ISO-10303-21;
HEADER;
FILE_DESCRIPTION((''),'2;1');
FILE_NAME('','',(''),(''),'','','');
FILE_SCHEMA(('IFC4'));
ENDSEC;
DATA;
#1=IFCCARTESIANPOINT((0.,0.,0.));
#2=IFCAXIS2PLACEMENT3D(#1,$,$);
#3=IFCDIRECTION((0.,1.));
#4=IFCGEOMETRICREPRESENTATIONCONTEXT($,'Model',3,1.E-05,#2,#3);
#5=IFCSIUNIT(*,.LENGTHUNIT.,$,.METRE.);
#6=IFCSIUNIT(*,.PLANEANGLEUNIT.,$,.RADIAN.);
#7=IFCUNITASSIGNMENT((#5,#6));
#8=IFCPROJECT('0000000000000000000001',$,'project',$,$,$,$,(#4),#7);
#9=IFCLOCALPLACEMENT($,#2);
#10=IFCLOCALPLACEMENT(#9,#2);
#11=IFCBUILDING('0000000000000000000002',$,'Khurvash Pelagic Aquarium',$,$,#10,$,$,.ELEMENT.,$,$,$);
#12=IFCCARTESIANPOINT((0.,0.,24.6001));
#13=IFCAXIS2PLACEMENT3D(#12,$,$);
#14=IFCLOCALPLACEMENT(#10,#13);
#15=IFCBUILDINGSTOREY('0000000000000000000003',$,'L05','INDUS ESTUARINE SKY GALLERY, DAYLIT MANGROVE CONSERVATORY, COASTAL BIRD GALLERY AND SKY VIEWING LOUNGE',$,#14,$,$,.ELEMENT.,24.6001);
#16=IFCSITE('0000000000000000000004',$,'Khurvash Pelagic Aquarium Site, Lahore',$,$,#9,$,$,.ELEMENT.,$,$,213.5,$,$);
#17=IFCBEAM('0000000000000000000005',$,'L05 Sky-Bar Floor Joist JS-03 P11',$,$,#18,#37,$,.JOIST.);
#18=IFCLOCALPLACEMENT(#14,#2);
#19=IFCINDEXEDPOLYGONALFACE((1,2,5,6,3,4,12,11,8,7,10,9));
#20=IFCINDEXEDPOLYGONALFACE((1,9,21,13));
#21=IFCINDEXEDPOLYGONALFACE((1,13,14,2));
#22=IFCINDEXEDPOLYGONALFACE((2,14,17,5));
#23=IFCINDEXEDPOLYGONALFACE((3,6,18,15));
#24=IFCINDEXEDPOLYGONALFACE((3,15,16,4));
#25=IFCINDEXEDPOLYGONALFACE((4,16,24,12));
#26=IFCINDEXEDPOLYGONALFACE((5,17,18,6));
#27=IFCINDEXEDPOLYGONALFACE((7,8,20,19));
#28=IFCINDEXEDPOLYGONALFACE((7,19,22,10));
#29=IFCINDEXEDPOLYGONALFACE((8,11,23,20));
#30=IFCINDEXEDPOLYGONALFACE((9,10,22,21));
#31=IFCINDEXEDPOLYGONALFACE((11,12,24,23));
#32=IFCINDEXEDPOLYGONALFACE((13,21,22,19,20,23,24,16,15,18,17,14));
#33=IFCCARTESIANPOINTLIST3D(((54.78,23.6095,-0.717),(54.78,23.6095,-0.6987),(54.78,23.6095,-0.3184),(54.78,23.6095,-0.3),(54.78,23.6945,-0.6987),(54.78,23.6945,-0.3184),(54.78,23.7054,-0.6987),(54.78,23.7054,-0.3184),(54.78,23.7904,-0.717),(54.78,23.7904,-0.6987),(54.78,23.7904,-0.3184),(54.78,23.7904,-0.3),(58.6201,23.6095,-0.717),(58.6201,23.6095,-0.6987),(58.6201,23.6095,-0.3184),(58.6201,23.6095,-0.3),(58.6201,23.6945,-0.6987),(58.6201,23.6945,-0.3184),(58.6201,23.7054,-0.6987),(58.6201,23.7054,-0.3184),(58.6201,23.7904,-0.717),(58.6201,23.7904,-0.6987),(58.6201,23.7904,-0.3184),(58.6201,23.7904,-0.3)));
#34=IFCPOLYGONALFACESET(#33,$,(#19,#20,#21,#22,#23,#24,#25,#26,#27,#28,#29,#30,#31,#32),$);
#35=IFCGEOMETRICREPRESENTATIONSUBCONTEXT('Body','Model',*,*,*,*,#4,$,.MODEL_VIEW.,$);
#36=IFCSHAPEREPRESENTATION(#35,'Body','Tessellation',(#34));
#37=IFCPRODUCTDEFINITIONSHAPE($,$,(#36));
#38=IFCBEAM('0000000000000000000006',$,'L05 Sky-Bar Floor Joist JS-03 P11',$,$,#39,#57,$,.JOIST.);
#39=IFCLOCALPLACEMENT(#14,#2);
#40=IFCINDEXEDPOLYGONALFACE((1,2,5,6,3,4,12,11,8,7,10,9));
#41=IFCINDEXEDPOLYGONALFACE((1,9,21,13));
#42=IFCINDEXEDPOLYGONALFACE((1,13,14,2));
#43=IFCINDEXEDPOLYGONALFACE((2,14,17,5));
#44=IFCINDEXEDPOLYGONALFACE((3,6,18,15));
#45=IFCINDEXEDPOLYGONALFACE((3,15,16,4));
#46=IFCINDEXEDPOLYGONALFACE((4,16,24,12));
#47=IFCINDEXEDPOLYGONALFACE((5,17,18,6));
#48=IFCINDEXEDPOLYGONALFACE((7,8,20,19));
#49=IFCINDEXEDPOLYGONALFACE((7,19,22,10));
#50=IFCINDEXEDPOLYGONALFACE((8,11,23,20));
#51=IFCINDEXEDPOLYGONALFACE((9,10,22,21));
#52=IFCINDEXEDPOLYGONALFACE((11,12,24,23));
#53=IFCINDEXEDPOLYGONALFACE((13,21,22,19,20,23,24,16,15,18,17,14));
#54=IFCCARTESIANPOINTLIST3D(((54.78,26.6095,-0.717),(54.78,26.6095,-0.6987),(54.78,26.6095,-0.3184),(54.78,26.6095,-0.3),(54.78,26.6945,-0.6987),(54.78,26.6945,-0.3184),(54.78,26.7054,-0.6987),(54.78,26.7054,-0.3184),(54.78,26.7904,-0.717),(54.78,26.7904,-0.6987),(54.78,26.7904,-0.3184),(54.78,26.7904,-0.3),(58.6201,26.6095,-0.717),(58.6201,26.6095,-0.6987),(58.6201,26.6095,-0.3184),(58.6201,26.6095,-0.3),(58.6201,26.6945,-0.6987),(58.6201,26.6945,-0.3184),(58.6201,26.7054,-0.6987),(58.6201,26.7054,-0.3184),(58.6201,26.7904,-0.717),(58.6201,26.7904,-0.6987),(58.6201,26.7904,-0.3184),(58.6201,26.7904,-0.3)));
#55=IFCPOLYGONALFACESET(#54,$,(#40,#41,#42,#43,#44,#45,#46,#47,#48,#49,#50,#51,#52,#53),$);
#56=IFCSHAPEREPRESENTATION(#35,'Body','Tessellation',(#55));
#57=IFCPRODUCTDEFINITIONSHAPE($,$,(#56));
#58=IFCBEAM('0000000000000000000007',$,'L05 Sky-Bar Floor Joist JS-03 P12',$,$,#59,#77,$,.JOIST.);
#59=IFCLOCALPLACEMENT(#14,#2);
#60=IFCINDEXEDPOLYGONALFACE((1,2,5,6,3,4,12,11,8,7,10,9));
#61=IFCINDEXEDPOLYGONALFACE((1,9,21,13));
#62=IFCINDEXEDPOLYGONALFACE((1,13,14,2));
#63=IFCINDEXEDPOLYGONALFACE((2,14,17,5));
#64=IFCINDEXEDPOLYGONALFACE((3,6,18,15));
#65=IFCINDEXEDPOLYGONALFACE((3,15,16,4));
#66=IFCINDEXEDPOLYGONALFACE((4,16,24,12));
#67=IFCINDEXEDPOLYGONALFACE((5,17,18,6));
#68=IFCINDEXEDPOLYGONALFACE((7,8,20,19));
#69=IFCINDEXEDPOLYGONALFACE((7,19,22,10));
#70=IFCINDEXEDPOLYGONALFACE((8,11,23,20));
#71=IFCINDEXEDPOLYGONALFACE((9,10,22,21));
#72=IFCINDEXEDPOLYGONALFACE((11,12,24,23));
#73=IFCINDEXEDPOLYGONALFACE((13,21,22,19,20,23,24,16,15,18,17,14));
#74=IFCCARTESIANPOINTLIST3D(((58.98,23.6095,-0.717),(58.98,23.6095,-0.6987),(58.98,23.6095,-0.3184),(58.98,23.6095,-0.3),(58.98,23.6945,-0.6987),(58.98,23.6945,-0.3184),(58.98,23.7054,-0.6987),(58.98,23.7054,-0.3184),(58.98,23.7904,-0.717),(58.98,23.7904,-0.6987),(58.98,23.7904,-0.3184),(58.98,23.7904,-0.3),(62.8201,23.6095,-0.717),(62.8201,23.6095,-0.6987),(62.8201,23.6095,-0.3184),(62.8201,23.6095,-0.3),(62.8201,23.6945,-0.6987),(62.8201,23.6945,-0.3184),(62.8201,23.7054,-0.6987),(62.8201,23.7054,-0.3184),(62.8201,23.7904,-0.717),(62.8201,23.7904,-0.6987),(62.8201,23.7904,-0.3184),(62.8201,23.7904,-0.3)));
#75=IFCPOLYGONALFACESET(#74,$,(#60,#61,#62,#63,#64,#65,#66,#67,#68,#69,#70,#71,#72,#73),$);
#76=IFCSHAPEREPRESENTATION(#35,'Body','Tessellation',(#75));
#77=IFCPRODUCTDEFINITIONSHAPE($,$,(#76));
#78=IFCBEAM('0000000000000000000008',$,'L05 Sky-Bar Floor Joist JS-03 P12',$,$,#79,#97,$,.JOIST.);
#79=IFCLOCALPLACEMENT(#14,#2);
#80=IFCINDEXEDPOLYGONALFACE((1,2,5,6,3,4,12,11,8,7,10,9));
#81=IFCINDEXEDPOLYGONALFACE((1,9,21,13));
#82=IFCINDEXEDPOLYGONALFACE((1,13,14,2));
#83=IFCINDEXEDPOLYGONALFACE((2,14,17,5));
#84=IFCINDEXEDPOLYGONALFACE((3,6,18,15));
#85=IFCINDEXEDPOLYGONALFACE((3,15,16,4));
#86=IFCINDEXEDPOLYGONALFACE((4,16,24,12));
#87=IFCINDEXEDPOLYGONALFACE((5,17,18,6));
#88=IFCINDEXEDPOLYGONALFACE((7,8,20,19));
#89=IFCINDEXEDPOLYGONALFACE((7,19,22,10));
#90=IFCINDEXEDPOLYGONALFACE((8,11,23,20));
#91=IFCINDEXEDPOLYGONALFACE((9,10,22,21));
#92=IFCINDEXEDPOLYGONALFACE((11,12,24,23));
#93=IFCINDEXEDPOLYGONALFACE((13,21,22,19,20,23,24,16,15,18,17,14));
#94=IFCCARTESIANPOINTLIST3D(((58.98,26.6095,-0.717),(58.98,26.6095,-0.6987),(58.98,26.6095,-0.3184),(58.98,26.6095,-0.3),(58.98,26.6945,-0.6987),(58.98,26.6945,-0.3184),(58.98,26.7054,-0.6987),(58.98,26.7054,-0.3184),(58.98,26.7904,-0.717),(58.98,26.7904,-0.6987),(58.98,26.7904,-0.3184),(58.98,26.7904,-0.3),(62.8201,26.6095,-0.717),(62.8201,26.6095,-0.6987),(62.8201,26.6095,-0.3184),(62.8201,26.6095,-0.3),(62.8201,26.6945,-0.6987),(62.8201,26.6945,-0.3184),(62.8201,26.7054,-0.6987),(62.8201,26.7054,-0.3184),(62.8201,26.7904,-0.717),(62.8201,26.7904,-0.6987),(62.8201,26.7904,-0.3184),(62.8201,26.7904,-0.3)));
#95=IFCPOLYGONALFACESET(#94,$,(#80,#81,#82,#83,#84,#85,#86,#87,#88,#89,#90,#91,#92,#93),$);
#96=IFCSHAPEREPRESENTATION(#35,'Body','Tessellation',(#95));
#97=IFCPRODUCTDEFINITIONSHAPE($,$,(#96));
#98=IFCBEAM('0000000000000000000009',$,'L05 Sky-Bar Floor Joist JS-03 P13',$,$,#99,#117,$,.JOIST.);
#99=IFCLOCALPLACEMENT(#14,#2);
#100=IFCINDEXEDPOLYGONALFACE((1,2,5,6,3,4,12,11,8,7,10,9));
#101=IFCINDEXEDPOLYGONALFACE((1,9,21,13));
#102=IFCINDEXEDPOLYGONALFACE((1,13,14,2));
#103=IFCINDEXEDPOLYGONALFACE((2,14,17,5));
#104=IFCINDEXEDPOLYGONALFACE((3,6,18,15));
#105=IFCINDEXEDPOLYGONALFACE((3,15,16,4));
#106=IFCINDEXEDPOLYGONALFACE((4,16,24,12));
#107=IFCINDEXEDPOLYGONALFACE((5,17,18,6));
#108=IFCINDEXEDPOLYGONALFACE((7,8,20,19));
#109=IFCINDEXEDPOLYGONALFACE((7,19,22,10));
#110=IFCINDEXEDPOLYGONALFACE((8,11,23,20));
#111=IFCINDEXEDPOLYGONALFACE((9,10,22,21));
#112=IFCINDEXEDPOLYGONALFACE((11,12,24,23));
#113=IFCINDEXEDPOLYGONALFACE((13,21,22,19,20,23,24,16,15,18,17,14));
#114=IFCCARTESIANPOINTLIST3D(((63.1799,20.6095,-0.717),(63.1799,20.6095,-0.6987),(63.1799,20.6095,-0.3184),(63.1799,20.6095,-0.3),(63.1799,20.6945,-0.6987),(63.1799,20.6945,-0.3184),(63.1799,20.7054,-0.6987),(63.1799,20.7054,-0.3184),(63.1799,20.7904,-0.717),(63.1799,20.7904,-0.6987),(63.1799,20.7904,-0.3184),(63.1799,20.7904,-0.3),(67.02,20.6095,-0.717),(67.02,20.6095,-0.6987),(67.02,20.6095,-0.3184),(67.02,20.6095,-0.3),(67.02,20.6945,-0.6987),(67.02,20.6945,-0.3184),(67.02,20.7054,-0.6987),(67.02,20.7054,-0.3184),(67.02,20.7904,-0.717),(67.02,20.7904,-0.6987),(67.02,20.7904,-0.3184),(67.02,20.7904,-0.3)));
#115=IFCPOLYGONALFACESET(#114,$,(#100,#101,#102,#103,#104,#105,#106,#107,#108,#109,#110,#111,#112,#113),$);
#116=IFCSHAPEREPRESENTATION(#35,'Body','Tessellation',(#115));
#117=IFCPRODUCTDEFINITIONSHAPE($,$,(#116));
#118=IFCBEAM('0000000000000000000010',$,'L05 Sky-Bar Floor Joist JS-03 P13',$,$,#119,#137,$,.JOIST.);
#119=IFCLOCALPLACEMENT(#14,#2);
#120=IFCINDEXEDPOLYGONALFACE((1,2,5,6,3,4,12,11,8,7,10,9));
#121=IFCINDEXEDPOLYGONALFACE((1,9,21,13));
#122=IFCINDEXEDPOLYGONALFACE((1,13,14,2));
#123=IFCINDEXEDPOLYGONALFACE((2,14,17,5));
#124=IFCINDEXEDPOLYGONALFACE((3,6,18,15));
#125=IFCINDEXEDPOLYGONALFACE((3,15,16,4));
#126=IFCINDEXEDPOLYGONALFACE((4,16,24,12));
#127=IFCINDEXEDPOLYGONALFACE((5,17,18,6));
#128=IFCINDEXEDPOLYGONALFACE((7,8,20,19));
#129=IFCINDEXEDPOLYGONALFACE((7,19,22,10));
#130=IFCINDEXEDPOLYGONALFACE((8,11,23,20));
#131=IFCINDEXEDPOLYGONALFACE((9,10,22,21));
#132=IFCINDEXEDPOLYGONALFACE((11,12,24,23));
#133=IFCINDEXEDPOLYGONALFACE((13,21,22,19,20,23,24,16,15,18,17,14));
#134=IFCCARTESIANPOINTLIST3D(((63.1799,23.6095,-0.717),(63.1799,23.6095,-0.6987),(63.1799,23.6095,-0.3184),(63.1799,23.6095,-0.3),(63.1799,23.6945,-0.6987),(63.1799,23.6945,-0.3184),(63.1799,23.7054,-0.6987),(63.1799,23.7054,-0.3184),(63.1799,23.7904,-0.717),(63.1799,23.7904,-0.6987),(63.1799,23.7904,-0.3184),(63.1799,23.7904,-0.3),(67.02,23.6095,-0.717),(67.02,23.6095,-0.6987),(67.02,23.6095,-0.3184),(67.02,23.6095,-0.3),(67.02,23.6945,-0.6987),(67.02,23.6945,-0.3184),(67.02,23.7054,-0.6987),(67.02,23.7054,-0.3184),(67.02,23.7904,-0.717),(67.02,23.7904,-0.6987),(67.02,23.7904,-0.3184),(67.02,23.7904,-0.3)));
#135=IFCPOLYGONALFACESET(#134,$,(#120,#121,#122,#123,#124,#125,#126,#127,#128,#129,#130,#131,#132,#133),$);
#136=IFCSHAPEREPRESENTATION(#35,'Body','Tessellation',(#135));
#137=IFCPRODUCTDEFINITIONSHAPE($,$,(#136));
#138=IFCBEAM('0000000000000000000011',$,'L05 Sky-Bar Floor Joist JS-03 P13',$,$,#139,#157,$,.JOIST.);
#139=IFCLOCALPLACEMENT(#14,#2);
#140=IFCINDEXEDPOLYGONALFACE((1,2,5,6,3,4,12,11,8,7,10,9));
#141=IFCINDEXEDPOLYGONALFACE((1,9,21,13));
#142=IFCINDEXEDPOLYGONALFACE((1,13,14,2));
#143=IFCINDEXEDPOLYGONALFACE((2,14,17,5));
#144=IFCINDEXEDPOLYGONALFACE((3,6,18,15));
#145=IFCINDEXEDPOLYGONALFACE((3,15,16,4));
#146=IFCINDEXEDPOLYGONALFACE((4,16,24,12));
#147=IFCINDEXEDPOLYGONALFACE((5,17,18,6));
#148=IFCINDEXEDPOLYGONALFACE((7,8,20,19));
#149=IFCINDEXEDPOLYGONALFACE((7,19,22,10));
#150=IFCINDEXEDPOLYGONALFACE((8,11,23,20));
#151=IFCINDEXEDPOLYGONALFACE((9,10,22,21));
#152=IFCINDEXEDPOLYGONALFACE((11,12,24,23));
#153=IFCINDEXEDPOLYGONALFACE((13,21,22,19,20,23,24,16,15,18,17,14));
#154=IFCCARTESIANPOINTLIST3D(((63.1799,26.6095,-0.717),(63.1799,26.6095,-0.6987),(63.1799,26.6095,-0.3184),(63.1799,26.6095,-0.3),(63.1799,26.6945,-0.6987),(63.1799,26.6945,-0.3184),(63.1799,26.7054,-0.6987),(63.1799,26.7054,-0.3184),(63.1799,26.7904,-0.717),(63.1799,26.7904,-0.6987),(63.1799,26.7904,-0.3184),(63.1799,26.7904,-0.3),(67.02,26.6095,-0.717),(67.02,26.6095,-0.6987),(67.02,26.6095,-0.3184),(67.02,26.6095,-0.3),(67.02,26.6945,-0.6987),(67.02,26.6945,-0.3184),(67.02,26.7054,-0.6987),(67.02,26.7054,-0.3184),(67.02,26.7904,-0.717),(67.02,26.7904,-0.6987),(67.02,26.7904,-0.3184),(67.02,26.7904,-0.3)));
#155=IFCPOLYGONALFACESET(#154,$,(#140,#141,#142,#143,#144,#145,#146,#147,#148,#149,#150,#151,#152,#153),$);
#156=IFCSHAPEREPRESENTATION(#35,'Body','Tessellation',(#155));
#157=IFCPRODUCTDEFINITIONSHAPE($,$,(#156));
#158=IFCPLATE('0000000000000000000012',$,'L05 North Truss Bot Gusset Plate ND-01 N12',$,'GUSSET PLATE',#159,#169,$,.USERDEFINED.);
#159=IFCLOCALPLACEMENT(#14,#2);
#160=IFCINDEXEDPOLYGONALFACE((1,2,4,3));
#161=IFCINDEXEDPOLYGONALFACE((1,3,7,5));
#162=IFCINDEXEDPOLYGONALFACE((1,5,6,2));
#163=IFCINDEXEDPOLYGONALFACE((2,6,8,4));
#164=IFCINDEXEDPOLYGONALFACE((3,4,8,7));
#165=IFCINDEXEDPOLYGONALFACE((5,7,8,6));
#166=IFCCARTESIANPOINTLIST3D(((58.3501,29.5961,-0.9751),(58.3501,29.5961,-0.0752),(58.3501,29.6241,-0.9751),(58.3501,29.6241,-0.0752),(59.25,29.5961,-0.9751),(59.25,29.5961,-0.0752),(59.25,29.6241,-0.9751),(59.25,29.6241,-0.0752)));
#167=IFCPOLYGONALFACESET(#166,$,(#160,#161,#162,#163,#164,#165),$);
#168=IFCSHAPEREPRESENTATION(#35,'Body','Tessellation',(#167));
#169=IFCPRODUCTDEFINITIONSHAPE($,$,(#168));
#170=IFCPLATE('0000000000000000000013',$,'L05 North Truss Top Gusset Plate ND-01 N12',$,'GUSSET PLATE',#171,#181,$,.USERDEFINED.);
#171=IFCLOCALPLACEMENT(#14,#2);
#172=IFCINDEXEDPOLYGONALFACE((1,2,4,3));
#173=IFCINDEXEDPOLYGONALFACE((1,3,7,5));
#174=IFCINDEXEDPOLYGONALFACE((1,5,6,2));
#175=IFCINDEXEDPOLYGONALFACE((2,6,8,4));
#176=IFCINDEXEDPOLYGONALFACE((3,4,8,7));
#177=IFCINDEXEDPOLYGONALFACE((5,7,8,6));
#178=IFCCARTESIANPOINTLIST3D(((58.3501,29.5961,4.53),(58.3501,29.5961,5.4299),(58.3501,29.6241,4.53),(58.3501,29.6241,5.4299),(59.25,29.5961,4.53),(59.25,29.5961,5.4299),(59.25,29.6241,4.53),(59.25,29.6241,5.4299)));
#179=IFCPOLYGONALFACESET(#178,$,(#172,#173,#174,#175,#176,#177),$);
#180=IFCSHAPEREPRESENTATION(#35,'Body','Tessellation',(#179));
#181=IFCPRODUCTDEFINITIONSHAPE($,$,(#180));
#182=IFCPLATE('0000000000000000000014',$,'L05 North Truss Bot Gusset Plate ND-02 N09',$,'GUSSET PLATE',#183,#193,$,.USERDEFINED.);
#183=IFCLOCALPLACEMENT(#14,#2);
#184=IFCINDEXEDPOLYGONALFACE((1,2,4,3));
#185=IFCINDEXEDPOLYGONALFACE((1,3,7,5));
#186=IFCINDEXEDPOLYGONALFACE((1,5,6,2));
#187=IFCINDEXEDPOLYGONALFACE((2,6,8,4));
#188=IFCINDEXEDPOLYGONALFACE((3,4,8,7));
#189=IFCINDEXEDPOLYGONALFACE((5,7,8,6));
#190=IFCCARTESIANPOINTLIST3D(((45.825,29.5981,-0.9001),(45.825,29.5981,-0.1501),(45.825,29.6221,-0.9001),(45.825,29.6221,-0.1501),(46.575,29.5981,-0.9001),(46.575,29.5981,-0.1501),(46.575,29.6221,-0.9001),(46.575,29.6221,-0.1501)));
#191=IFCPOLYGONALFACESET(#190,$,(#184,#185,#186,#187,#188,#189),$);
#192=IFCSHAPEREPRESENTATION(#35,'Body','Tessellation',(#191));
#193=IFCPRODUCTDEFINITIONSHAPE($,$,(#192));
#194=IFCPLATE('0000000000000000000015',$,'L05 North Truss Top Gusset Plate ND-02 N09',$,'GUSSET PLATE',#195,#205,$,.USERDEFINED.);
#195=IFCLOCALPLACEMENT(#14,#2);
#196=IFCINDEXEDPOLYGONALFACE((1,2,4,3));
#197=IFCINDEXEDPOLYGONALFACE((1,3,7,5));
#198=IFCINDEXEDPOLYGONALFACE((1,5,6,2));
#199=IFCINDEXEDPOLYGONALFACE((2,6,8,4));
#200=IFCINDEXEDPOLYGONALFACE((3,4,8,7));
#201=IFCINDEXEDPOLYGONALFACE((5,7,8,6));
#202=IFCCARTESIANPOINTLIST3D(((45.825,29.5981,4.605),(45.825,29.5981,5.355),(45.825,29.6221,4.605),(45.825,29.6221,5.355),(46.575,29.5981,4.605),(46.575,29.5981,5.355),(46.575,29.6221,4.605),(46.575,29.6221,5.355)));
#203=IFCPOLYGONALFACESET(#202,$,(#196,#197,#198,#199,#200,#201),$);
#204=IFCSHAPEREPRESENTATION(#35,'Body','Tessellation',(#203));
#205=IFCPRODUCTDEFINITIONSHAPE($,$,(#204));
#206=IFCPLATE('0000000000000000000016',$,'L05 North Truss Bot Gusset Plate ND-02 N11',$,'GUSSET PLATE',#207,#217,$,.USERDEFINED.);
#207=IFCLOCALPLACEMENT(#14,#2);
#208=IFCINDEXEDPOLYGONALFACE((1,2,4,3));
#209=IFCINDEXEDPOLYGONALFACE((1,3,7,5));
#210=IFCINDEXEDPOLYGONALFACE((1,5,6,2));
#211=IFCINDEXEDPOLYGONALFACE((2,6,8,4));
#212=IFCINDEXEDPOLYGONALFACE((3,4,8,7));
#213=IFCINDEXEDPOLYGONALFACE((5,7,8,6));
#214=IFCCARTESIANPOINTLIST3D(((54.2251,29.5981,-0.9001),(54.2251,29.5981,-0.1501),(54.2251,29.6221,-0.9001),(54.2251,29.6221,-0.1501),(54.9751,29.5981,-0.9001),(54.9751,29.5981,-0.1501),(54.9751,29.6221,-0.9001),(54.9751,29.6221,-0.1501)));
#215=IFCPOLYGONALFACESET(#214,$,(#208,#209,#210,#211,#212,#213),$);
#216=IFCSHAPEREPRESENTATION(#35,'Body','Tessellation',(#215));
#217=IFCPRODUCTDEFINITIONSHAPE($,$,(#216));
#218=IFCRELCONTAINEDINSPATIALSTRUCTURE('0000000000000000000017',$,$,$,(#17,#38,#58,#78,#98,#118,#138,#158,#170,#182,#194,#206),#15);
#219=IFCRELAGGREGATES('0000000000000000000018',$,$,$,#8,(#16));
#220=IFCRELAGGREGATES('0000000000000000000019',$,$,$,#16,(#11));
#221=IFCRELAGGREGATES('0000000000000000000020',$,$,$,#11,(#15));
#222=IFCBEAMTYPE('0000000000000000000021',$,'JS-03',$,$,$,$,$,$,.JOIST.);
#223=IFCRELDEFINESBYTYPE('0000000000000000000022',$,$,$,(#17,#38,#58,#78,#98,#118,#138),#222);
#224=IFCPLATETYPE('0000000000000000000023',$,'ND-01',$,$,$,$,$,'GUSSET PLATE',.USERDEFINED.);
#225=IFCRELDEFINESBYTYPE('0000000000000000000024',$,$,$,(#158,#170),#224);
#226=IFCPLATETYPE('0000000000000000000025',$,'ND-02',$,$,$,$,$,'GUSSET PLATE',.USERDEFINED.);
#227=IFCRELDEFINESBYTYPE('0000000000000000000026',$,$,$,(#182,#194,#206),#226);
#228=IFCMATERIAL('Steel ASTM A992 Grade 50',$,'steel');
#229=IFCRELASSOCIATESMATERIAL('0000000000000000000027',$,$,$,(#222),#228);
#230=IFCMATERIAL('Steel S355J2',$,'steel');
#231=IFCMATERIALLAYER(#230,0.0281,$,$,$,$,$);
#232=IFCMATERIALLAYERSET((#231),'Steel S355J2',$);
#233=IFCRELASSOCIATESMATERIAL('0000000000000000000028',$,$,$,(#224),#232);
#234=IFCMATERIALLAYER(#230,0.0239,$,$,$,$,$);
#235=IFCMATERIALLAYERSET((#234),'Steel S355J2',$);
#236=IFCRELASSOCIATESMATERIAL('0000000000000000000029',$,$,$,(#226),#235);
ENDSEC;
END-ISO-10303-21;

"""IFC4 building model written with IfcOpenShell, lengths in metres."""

from ifc_helpers import new_model, si_unit, direction, frame, origin, origin_2d, place, context, subcontext, project, spatial, rectangle, i_section, extrude, material, layer, layer_set, material_profile, profile_set, type_object, element, save


model = new_model("IFC4")

# Units and contexts
model_context = context("Model", 3, precision=1e-05, world=origin(), true_north=direction((0.0, 1.0)))
body_context = subcontext(model_context, "Body", "Model", "MODEL_VIEW")
ifc_project = project(units=[si_unit("LENGTHUNIT", "METRE"), si_unit("PLANEANGLEUNIT", "RADIAN")], contexts=[model_context])

# Site, building, storey
site_placement = place(None, origin())
site = spatial("IfcSite", under=ifc_project, at=site_placement, Name="Khurvash Pelagic Aquarium Site, Lahore", CompositionType="ELEMENT", RefElevation=213.5)
building_placement = place(site_placement, origin())
building = spatial("IfcBuilding", under=site, at=building_placement, Name="Khurvash Pelagic Aquarium", CompositionType="ELEMENT")
storey_placement = place(building_placement, frame((0.0, 0.0, 24.6001)))
storey = spatial("IfcBuildingStorey", under=building, at=storey_placement, Name="L05", Description="INDUS ESTUARINE SKY GALLERY, DAYLIT MANGROVE CONSERVATORY, COASTAL BIRD GALLERY AND SKY VIEWING LOUNGE", CompositionType="ELEMENT", Elevation=24.6001)

# Beams
ifc_material_1 = material(Name="Steel ASTM A992 Grade 50", Category="steel")
ifc_material_profile_1 = material_profile(ifc_material_1, i_section(OverallWidth=0.1809, OverallDepth=0.417, WebThickness=0.011, FlangeThickness=0.0183, at=origin_2d()), Name="W16X57")
ifc_profile_set_1 = profile_set([ifc_material_profile_1], Name="Steel ASTM A992 Grade 50")
beam_type_1 = type_object("IfcBeamType", Name="JS-03", PredefinedType="JOIST", material=ifc_profile_set_1)
for number, where, z_axis, x_axis, name in (
    (1, (54.78, 23.7, -0.5085), (1.0, 0.0, 0.0), (0.0, 1.0, 0.0), "L05 Sky-Bar Floor Joist JS-03 P11"),
    (2, (54.78, 26.7, -0.5085), (1.0, 0.0, 0.0), (0.0, 1.0, 0.0), "L05 Sky-Bar Floor Joist JS-03 P11"),
    (3, (58.98, 23.7, -0.5085), (1.0, 0.0, 0.0), (0.0, 1.0, 0.0), "L05 Sky-Bar Floor Joist JS-03 P12"),
    (4, (58.98, 26.7, -0.5085), (1.0, 0.0, 0.0), (0.0, 1.0, 0.0), "L05 Sky-Bar Floor Joist JS-03 P12"),
    (5, (63.1799, 20.7, -0.5085), (1.0, 0.0, 0.0), (0.0, 1.0, 0.0), "L05 Sky-Bar Floor Joist JS-03 P13"),
    (6, (63.1799, 23.7, -0.5085), (1.0, 0.0, 0.0), (0.0, 1.0, 0.0), "L05 Sky-Bar Floor Joist JS-03 P13"),
    (7, (63.1799, 26.7, -0.5085), (1.0, 0.0, 0.0), (0.0, 1.0, 0.0), "L05 Sky-Bar Floor Joist JS-03 P13"),
):
    element("IfcBeam", number, at=place(storey_placement, frame(where, z_axis=z_axis, x_axis=x_axis)), inside=storey, type_object=beam_type_1, Name=name, PredefinedType="JOIST", context=body_context, shape_type="SweptSolid", body=[
        extrude(i_section(OverallWidth=0.1809, OverallDepth=0.417, WebThickness=0.011, FlangeThickness=0.0183, at=origin_2d()), origin(), (0.0, 0.0, 1.0), 3.8401),
    ])

# Plates
ifc_material_2 = material(Name="Steel S355J2", Category="steel")
ifc_layer_1 = layer(ifc_material_2, 0.0281)
ifc_layer_set_1 = layer_set([ifc_layer_1], Name="Steel S355J2")
plate_type_1 = type_object("IfcPlateType", Name="ND-01", ElementType="GUSSET PLATE", PredefinedType="USERDEFINED", material=ifc_layer_set_1)
for number, where, z_axis, x_axis, name in (
    (8, (58.8, 29.6101, -0.9751), (0.0, 0.0, 1.0), (1.0, 0.0, 0.0), "L05 North Truss Bot Gusset Plate ND-01 N12"),
    (9, (58.8, 29.6101, 4.53), (0.0, 0.0, 1.0), (1.0, 0.0, 0.0), "L05 North Truss Top Gusset Plate ND-01 N12"),
):
    element("IfcPlate", number, at=place(storey_placement, frame(where, z_axis=z_axis, x_axis=x_axis)), inside=storey, type_object=plate_type_1, Name=name, ObjectType="GUSSET PLATE", PredefinedType="USERDEFINED", context=body_context, shape_type="SweptSolid", body=[
        extrude(rectangle(XDim=0.8999, YDim=0.0281, at=origin_2d()), origin(), (0.0, 0.0, 1.0), 0.8999),
    ])
ifc_layer_2 = layer(ifc_material_2, 0.0239)
ifc_layer_set_2 = layer_set([ifc_layer_2], Name="Steel S355J2")
plate_type_2 = type_object("IfcPlateType", Name="ND-02", ElementType="GUSSET PLATE", PredefinedType="USERDEFINED", material=ifc_layer_set_2)
for number, where, z_axis, x_axis, name in (
    (10, (46.2, 29.6101, -0.9001), (0.0, 0.0, 1.0), (1.0, 0.0, 0.0), "L05 North Truss Bot Gusset Plate ND-02 N09"),
    (11, (46.2, 29.6101, 4.605), (0.0, 0.0, 1.0), (1.0, 0.0, 0.0), "L05 North Truss Top Gusset Plate ND-02 N09"),
    (12, (54.6001, 29.6101, -0.9001), (0.0, 0.0, 1.0), (1.0, 0.0, 0.0), "L05 North Truss Bot Gusset Plate ND-02 N11"),
):
    element("IfcPlate", number, at=place(storey_placement, frame(where, z_axis=z_axis, x_axis=x_axis)), inside=storey, type_object=plate_type_2, Name=name, ObjectType="GUSSET PLATE", PredefinedType="USERDEFINED", context=body_context, shape_type="SweptSolid", body=[
        extrude(rectangle(XDim=0.75, YDim=0.0239, at=origin_2d()), origin(), (0.0, 0.0, 1.0), 0.75),
    ])

save(model, "model.ifc")
